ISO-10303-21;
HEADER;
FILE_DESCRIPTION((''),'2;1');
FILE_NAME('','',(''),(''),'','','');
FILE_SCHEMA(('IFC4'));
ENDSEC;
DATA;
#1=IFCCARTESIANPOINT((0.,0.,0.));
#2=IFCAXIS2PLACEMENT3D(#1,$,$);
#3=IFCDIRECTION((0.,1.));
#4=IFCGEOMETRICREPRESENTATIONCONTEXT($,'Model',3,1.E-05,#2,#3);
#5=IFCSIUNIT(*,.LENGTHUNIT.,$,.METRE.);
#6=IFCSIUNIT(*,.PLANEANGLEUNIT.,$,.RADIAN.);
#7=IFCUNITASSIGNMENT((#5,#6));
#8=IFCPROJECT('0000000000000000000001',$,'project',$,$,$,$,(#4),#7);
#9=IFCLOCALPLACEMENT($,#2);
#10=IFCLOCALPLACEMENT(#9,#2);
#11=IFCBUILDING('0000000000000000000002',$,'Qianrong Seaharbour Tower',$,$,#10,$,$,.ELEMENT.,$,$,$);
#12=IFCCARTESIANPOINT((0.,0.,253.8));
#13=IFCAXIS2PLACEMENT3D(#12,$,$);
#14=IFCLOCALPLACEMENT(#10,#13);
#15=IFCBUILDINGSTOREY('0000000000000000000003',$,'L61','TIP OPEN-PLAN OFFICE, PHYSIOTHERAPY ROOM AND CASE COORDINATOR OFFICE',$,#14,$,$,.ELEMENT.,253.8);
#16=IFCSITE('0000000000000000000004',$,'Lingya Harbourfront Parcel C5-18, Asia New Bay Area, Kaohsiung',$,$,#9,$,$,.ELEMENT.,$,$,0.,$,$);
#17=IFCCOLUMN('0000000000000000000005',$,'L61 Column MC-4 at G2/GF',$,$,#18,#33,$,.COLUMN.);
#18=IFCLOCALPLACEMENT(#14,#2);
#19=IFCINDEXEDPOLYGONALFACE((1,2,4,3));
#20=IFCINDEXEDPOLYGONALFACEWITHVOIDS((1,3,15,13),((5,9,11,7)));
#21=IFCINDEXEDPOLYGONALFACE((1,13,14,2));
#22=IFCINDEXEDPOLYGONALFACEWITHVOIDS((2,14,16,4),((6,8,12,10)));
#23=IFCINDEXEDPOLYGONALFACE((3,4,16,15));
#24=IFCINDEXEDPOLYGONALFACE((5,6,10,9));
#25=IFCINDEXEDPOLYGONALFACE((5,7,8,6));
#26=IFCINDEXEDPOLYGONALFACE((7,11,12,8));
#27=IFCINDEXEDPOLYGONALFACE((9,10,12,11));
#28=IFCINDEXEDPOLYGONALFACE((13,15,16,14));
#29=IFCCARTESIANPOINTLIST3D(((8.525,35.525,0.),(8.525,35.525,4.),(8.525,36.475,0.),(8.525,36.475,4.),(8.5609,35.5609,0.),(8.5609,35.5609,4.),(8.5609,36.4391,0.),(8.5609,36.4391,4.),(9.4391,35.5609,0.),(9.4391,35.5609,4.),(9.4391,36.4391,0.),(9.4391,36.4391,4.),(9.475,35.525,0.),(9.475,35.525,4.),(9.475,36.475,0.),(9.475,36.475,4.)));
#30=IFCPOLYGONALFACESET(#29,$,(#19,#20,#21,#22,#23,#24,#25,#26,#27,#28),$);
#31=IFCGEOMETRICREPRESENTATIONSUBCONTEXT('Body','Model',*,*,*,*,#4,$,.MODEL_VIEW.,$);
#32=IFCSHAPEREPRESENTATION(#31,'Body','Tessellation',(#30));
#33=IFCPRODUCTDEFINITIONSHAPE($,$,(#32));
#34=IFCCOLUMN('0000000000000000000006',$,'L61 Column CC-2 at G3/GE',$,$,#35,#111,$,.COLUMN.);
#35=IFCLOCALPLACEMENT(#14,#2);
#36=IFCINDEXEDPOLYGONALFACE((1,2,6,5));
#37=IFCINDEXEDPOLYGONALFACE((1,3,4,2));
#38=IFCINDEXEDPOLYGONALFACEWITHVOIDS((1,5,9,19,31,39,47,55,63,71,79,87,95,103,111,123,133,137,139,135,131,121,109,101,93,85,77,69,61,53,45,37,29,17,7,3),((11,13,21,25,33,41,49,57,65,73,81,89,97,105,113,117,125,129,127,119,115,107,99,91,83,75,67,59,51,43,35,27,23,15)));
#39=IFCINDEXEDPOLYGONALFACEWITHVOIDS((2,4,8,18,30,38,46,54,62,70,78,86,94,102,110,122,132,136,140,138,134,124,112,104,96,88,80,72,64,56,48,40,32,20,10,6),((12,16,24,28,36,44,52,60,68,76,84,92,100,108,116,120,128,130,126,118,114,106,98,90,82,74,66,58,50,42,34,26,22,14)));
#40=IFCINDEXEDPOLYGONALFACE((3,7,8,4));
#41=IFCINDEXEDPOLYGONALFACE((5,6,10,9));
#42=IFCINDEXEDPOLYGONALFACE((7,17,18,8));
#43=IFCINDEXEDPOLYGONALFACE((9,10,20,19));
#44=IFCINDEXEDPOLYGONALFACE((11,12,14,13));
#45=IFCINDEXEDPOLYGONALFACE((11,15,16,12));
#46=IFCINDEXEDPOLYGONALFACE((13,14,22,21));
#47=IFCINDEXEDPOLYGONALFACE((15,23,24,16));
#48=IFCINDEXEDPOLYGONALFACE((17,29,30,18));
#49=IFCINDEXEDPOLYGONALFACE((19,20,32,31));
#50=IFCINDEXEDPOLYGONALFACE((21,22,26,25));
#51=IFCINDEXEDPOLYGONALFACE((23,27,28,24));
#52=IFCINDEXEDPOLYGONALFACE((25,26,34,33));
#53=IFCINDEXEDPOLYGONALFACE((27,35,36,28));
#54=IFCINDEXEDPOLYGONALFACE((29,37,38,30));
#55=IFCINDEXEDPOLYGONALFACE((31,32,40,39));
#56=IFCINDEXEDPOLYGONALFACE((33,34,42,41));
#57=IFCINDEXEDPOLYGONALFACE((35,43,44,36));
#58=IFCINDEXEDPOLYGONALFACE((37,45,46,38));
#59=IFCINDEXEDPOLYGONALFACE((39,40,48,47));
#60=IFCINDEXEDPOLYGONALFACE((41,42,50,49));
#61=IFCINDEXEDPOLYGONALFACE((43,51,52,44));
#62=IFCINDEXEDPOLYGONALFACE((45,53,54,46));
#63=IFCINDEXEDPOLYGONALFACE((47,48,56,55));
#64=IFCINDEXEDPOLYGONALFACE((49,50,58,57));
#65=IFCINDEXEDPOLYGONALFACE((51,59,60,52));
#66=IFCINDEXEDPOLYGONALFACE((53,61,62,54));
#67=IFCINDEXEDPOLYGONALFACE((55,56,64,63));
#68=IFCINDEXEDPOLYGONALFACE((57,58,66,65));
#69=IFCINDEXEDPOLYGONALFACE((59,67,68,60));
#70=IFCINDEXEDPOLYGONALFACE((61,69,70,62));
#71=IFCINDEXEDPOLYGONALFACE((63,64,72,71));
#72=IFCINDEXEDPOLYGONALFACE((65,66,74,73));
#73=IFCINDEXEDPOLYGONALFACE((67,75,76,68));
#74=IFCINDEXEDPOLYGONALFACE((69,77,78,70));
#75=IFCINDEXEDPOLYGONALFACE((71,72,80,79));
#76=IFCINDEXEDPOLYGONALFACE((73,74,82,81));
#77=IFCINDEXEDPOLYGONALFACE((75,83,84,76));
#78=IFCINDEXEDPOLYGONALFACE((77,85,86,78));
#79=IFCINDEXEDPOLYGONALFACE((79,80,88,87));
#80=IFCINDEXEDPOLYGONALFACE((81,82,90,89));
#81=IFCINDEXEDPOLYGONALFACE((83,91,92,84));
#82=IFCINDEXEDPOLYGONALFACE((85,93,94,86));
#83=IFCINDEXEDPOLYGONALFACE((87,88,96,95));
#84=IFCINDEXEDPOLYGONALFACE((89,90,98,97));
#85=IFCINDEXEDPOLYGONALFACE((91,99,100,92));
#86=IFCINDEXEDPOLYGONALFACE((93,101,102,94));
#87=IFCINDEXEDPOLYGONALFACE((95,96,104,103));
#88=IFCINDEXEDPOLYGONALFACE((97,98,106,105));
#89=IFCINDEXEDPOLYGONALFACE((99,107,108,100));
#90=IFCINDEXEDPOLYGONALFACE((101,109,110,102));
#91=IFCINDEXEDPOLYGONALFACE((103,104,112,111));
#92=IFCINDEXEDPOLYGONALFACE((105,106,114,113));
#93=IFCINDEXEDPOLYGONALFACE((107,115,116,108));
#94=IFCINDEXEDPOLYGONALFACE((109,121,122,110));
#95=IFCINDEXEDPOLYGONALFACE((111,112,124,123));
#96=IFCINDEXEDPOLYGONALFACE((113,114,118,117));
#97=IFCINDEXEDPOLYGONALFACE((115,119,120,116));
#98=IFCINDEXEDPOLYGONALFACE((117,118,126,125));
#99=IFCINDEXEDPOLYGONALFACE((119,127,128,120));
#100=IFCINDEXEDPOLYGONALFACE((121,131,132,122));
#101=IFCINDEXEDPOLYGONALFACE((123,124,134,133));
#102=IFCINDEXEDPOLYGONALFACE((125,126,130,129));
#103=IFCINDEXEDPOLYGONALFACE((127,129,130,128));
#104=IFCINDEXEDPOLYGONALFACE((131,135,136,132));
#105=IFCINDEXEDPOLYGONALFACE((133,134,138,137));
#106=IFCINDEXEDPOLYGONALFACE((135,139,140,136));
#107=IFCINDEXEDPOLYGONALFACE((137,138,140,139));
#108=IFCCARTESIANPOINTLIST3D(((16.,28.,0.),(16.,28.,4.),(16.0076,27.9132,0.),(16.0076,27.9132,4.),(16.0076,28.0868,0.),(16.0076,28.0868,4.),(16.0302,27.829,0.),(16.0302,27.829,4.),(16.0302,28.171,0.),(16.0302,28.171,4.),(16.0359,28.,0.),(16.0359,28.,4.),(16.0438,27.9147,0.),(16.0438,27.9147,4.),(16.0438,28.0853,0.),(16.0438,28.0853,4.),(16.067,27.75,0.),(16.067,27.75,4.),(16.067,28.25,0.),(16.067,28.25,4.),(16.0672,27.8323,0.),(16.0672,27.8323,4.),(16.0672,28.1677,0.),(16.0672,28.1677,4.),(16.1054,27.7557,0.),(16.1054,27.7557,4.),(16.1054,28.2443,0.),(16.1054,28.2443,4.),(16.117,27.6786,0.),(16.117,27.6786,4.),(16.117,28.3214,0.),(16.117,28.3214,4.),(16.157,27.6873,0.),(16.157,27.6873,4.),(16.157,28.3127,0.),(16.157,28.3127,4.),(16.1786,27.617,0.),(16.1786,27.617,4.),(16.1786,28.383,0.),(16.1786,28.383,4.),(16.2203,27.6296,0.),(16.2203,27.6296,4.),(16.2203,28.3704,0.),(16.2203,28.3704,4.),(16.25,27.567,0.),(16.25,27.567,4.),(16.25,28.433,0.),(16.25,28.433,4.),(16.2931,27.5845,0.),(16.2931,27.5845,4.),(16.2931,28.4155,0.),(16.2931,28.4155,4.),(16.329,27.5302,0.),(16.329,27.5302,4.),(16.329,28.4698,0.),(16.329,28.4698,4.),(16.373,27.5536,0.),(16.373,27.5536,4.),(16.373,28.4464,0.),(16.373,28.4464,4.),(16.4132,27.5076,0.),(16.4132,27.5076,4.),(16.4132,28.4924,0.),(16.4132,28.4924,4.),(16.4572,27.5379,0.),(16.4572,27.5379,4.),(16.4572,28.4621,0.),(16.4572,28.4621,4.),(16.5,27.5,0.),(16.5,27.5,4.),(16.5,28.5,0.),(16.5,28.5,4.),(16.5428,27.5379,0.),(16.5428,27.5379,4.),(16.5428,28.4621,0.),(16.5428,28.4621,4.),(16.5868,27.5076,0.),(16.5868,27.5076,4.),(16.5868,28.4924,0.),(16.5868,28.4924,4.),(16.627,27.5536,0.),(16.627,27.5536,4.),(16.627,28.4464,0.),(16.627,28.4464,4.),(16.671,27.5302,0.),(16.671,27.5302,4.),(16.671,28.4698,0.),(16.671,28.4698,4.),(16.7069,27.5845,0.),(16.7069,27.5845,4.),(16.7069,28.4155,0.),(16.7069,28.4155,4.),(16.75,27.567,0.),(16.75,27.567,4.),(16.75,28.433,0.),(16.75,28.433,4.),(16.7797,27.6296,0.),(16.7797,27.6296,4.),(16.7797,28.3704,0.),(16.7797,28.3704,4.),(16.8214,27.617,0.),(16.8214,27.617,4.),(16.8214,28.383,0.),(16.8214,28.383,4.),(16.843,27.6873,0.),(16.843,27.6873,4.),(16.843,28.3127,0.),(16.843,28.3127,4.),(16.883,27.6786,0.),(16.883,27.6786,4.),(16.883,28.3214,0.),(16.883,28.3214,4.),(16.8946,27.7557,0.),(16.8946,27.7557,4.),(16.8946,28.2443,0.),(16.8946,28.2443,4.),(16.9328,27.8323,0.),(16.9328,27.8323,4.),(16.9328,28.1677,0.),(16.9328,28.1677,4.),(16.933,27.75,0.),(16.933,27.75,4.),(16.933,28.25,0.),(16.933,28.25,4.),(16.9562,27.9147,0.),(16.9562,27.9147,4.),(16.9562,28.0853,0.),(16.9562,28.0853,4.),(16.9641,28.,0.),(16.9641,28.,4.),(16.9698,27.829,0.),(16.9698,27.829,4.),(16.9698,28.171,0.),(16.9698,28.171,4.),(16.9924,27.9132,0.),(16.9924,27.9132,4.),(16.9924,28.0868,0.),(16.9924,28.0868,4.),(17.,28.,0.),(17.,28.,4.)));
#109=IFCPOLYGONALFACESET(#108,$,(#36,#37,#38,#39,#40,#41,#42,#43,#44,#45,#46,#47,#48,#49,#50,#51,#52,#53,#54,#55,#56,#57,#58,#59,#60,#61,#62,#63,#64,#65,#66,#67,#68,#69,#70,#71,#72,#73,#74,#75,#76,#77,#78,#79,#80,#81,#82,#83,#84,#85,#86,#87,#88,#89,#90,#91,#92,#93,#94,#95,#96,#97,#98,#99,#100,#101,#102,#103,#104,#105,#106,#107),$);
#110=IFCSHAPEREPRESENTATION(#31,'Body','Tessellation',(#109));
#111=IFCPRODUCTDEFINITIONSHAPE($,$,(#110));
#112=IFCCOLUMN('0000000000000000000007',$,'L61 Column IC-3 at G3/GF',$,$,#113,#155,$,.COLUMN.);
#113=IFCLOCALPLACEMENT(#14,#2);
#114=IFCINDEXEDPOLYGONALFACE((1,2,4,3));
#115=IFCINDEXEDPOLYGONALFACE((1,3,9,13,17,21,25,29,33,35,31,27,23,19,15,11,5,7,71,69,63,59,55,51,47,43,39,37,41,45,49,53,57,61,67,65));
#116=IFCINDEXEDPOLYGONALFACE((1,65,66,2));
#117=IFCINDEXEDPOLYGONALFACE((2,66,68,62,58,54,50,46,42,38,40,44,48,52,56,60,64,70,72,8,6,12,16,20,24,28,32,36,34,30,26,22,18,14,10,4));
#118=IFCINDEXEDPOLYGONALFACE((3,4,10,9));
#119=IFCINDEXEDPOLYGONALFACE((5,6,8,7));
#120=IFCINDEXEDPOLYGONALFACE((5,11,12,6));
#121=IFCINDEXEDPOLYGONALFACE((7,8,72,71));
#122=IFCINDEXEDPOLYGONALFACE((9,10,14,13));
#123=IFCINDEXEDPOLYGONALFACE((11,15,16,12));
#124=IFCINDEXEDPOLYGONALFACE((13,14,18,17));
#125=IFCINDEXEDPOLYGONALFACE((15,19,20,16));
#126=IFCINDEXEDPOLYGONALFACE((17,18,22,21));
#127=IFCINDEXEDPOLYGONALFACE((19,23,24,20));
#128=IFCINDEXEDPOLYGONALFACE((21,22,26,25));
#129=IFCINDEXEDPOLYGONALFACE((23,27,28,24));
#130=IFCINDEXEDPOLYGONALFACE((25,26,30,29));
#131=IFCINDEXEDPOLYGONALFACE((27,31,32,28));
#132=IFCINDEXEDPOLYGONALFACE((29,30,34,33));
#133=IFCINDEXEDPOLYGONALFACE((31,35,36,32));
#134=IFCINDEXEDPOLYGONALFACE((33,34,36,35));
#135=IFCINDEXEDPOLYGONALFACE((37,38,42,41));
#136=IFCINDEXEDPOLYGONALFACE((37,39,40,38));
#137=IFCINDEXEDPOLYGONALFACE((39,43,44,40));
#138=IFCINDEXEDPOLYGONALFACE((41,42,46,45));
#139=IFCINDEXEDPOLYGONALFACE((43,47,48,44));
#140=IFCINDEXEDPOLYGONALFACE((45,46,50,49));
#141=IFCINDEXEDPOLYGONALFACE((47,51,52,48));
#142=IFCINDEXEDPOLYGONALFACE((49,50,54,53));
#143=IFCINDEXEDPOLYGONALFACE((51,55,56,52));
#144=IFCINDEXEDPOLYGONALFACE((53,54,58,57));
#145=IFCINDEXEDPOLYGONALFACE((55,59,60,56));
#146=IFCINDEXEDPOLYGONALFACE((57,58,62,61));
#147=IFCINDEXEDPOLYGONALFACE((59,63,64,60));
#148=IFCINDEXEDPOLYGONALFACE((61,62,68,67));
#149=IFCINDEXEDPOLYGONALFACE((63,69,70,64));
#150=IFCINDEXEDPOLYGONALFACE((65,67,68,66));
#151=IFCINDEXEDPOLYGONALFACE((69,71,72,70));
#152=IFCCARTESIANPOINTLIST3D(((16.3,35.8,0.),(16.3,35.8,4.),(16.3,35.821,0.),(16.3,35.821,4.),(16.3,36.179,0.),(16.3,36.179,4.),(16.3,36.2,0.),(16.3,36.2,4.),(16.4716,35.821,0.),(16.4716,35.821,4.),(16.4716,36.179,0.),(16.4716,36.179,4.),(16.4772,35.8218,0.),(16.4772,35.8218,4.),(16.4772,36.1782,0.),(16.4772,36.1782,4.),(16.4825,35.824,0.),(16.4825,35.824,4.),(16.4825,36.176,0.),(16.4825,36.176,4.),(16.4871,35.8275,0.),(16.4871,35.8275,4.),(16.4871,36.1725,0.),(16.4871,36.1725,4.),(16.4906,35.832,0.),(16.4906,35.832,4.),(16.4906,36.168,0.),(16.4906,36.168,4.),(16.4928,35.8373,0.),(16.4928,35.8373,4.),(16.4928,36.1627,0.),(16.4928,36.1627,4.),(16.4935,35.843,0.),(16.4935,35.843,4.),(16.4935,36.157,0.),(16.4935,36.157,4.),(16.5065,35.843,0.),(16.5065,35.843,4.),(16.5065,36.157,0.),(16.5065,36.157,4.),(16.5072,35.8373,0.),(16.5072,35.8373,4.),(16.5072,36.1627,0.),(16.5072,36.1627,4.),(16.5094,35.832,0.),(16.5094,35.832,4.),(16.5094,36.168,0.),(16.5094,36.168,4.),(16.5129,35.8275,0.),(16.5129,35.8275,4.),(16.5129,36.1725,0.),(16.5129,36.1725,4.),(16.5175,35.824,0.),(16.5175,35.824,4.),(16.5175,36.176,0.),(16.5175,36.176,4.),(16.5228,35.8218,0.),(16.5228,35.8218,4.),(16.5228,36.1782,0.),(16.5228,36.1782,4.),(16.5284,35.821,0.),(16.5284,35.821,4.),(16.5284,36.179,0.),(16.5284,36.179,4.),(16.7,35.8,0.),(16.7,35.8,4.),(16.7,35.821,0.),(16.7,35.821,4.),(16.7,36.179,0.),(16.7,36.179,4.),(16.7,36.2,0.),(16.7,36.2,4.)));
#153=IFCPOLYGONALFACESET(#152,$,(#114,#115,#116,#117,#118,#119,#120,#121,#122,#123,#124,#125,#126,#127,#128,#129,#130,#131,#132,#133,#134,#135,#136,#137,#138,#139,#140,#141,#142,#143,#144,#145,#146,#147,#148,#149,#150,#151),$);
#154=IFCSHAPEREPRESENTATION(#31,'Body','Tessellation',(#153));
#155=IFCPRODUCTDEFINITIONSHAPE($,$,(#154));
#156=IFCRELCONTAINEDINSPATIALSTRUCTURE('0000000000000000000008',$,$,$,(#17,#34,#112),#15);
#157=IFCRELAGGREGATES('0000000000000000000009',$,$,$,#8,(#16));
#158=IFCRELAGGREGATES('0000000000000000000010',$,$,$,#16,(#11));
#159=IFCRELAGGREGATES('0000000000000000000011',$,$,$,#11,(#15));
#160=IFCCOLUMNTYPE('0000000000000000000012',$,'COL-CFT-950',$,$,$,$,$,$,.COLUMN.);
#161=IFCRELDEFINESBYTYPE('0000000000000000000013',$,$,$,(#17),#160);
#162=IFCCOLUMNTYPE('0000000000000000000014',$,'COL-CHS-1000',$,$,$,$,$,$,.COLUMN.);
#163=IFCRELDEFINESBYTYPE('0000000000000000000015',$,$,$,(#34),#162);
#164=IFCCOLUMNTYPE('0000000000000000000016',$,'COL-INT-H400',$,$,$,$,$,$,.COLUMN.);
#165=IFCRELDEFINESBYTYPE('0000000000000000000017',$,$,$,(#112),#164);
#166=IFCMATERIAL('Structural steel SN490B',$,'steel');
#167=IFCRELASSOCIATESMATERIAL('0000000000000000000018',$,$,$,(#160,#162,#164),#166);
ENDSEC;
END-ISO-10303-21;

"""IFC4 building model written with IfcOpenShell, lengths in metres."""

from ifc_helpers import new_model, si_unit, direction, frame, origin, origin_2d, place, context, subcontext, project, spatial, hollow_rectangle, hollow_circle, i_section, extrude, material, material_profile, profile_set, type_object, element, save


model = new_model("IFC4")

# Units and contexts
model_context = context("Model", 3, precision=1e-05, world=origin(), true_north=direction((0.0, 1.0)))
body_context = subcontext(model_context, "Body", "Model", "MODEL_VIEW")
ifc_project = project(units=[si_unit("LENGTHUNIT", "METRE"), si_unit("PLANEANGLEUNIT", "RADIAN")], contexts=[model_context])

# Site, building, storey
site_placement = place(None, origin())
site = spatial("IfcSite", under=ifc_project, at=site_placement, Name="Lingya Harbourfront Parcel C5-18, Asia New Bay Area, Kaohsiung", CompositionType="ELEMENT", RefElevation=0.0)
building_placement = place(site_placement, origin())
building = spatial("IfcBuilding", under=site, at=building_placement, Name="Qianrong Seaharbour Tower", CompositionType="ELEMENT")
storey_placement = place(building_placement, frame((0.0, 0.0, 253.8)))
storey = spatial("IfcBuildingStorey", under=building, at=storey_placement, Name="L61", Description="TIP OPEN-PLAN OFFICE, PHYSIOTHERAPY ROOM AND CASE COORDINATOR OFFICE", CompositionType="ELEMENT", Elevation=253.8)

# Columns
ifc_material_1 = material(Name="Structural steel SN490B", Category="steel")
ifc_material_profile_1 = material_profile(ifc_material_1, hollow_rectangle(XDim=0.95, YDim=0.95, WallThickness=0.0359, at=origin_2d()), Name="BOX950x950x36")
ifc_profile_set_1 = profile_set([ifc_material_profile_1], Name="Structural steel SN490B")
column_type_1 = type_object("IfcColumnType", Name="COL-CFT-950", PredefinedType="COLUMN", material=ifc_profile_set_1)
column_1_placement = place(storey_placement, frame((9.0, 36.0, 0.0), z_axis=(0.0, 0.0, 1.0), x_axis=(1.0, 0.0, 0.0)))
element("IfcColumn", 1, at=column_1_placement, inside=storey, type_object=column_type_1, Name="L61 Column MC-4 at G2/GF", PredefinedType="COLUMN", context=body_context, shape_type="SweptSolid", body=[
    extrude(hollow_rectangle(XDim=0.95, YDim=0.95, WallThickness=0.0359, at=origin_2d()), origin(), (0.0, 0.0, 1.0), 4.0),
])
ifc_material_profile_2 = material_profile(ifc_material_1, hollow_circle(Radius=0.5, WallThickness=0.0359, at=origin_2d()), Name="CHS1000x36")
ifc_profile_set_2 = profile_set([ifc_material_profile_2], Name="Structural steel SN490B")
column_type_2 = type_object("IfcColumnType", Name="COL-CHS-1000", PredefinedType="COLUMN", material=ifc_profile_set_2)
column_2_placement = place(storey_placement, frame((16.5, 28.0, 0.0), z_axis=(0.0, 0.0, 1.0), x_axis=(1.0, 0.0, 0.0)))
element("IfcColumn", 2, at=column_2_placement, inside=storey, type_object=column_type_2, Name="L61 Column CC-2 at G3/GE", PredefinedType="COLUMN", context=body_context, shape_type="SweptSolid", body=[
    extrude(hollow_circle(Radius=0.5, WallThickness=0.0359, at=origin_2d()), origin(), (0.0, 0.0, 1.0), 4.0),
])
ifc_material_profile_3 = material_profile(ifc_material_1, i_section(OverallWidth=0.3999, OverallDepth=0.3999, WebThickness=0.0129, FlangeThickness=0.021, FilletRadius=0.022, at=origin_2d()), Name="H400x400x13x21")
ifc_profile_set_3 = profile_set([ifc_material_profile_3], Name="Structural steel SN490B")
column_type_3 = type_object("IfcColumnType", Name="COL-INT-H400", PredefinedType="COLUMN", material=ifc_profile_set_3)
column_3_placement = place(storey_placement, frame((16.5, 36.0, 0.0), z_axis=(0.0, 0.0, 1.0), x_axis=(1.0, 0.0, 0.0)))
element("IfcColumn", 3, at=column_3_placement, inside=storey, type_object=column_type_3, Name="L61 Column IC-3 at G3/GF", PredefinedType="COLUMN", context=body_context, shape_type="SweptSolid", body=[
    extrude(i_section(OverallWidth=0.3999, OverallDepth=0.3999, WebThickness=0.0129, FlangeThickness=0.021, FilletRadius=0.022, at=origin_2d()), origin(), (0.0, 0.0, 1.0), 4.0),
])

save(model, "model.ifc")
